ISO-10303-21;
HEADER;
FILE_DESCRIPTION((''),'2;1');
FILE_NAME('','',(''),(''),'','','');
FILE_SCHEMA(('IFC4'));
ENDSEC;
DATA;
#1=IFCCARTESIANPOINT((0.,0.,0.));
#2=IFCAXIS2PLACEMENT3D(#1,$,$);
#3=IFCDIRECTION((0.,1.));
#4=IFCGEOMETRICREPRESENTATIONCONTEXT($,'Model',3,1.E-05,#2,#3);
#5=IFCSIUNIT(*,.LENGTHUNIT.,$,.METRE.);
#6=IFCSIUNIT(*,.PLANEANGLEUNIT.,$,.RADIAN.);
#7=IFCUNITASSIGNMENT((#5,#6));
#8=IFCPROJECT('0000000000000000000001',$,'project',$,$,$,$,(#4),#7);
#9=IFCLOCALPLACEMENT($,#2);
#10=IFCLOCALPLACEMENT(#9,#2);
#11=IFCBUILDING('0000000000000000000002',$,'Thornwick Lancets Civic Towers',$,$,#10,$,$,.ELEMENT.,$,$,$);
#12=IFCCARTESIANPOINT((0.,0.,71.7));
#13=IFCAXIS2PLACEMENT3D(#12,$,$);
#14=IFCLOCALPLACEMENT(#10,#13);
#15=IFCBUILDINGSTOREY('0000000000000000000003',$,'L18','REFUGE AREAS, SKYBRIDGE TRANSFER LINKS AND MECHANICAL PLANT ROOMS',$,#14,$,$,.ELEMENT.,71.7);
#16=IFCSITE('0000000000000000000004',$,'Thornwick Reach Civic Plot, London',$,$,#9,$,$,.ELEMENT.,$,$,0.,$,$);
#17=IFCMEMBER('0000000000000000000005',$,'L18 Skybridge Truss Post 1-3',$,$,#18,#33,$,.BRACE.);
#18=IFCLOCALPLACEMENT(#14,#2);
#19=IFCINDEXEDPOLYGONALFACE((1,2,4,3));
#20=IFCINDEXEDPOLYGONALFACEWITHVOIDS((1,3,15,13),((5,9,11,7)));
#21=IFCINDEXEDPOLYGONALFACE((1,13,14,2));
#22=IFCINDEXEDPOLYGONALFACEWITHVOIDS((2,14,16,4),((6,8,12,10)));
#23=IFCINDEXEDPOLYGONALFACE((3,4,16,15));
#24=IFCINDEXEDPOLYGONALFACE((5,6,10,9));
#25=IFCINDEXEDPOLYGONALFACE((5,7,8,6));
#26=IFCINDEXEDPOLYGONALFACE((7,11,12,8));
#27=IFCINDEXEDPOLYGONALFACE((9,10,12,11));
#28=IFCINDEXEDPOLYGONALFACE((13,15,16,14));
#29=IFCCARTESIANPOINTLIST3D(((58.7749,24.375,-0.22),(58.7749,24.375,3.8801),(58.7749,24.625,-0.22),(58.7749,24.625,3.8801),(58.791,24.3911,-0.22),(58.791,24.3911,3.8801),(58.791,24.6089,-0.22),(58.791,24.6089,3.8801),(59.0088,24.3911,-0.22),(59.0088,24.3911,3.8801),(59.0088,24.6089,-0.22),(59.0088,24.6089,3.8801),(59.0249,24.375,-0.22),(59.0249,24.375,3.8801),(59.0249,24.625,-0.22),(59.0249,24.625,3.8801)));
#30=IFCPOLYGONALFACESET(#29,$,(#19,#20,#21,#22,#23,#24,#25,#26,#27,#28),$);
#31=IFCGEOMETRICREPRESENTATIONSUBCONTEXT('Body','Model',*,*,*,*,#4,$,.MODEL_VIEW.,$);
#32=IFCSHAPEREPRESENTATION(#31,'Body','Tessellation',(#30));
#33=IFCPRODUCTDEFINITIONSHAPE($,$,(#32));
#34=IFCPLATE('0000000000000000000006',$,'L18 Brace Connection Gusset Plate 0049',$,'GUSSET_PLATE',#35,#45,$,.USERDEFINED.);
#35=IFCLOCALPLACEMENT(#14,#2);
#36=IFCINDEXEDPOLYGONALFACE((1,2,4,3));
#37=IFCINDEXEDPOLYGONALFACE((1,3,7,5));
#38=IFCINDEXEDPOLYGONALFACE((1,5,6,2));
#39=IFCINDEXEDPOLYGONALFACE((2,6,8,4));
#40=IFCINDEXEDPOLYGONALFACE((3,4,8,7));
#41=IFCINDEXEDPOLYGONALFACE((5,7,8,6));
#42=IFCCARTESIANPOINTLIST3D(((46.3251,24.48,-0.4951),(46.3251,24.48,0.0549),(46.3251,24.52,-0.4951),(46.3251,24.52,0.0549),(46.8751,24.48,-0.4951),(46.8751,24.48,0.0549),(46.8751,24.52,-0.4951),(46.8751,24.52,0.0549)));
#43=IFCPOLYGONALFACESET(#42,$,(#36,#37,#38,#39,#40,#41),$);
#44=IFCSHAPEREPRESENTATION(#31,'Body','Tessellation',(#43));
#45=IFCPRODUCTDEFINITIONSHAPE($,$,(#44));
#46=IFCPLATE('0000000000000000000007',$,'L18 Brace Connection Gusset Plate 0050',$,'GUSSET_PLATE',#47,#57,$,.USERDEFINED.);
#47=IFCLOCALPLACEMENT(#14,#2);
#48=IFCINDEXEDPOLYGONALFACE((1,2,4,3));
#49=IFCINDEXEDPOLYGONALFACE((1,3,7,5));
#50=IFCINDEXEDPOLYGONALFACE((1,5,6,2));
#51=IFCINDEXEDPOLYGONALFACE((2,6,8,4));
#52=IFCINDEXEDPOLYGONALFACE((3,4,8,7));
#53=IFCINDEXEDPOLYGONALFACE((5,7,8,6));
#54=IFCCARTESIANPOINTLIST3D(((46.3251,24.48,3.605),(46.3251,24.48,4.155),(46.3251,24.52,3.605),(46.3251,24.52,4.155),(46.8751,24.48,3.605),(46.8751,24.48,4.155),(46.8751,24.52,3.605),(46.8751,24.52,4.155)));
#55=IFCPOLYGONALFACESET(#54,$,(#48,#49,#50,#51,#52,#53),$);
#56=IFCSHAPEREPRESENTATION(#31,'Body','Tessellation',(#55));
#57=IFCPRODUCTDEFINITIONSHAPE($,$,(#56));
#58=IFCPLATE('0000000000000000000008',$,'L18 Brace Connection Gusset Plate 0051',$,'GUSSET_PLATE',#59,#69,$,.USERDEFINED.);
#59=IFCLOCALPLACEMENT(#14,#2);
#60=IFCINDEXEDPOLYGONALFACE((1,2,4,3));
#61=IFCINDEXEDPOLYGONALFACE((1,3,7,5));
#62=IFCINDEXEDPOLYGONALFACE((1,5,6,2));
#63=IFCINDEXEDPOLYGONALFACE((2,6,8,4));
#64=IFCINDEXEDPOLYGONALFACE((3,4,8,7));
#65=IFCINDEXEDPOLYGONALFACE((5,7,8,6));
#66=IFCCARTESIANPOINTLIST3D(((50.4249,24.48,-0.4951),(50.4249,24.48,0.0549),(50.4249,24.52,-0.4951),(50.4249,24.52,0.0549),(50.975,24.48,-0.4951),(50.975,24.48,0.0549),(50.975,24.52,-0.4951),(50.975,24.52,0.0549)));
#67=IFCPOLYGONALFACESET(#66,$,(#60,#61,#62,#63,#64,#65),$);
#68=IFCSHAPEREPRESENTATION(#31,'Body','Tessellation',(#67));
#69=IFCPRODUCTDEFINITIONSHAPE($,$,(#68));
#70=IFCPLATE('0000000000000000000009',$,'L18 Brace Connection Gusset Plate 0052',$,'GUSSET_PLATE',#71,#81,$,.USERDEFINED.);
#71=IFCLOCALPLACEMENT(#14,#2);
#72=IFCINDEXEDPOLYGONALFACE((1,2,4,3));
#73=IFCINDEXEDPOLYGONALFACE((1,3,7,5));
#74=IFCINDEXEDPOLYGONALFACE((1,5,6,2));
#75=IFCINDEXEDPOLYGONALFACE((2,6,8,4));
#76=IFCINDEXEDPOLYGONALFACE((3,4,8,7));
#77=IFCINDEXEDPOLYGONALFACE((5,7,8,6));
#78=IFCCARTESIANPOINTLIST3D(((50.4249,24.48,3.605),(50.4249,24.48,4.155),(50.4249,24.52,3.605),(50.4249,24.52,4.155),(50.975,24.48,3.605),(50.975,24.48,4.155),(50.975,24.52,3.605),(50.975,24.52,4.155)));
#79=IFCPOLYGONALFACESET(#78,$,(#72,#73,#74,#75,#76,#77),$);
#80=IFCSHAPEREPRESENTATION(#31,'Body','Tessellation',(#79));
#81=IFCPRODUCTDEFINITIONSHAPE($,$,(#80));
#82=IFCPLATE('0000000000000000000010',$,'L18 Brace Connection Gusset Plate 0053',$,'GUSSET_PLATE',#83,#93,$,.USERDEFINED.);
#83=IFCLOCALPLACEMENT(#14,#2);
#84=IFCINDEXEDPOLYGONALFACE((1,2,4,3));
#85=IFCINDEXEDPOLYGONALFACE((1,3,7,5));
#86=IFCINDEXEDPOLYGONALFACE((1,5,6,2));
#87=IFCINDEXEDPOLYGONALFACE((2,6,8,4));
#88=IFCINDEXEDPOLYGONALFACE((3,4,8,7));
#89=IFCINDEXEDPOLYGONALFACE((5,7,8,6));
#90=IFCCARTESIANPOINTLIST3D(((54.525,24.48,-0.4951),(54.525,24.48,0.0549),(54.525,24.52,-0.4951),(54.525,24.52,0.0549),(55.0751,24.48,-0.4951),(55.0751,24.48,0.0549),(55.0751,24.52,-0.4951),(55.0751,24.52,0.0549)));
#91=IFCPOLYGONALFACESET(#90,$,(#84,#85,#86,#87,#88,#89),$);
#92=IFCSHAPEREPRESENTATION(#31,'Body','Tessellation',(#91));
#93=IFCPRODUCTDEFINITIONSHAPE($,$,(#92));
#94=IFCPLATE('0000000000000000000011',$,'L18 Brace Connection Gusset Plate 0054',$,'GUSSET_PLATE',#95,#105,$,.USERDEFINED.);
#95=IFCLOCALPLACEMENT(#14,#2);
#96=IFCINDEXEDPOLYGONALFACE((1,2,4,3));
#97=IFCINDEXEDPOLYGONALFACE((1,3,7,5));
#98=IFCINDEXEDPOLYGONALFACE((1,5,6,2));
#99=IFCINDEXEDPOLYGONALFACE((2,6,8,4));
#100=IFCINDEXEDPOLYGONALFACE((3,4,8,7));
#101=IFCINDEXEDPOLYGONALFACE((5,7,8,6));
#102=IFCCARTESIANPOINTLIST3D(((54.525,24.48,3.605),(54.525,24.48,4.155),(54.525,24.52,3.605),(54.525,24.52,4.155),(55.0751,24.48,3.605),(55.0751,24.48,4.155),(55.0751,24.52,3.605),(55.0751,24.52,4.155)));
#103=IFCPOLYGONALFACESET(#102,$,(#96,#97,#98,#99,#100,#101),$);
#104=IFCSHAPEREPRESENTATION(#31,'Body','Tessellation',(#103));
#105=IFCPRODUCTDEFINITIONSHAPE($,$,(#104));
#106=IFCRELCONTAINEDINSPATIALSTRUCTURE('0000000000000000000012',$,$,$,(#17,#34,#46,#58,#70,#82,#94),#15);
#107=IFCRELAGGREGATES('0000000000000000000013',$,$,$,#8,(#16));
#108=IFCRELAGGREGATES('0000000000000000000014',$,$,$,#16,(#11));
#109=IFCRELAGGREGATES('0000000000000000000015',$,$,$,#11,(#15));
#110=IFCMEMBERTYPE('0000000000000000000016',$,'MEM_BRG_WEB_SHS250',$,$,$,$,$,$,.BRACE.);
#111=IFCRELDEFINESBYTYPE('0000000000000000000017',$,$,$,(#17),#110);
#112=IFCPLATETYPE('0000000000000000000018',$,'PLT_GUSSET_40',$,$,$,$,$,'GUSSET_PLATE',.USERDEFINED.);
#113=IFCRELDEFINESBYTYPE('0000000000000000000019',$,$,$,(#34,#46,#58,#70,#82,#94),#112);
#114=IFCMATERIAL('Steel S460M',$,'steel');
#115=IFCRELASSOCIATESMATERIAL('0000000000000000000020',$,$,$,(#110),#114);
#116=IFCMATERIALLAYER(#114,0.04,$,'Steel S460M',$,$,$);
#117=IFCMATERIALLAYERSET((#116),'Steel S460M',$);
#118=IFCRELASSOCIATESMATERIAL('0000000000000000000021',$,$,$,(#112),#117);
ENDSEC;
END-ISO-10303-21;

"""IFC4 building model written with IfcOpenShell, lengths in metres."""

from ifc_helpers import new_model, si_unit, direction, frame, origin, origin_2d, place, context, subcontext, project, spatial, rectangle, hollow_rectangle, extrude, material, layer, layer_set, material_profile, profile_set, type_object, element, save


model = new_model("IFC4")

# Units and contexts
model_context = context("Model", 3, precision=1e-05, world=origin(), true_north=direction((0.0, 1.0)))
body_context = subcontext(model_context, "Body", "Model", "MODEL_VIEW")
ifc_project = project(units=[si_unit("LENGTHUNIT", "METRE"), si_unit("PLANEANGLEUNIT", "RADIAN")], contexts=[model_context])

# Site, building, storey
site_placement = place(None, origin())
site = spatial("IfcSite", under=ifc_project, at=site_placement, Name="Thornwick Reach Civic Plot, London", CompositionType="ELEMENT", RefElevation=0.0)
building_placement = place(site_placement, origin())
building = spatial("IfcBuilding", under=site, at=building_placement, Name="Thornwick Lancets Civic Towers", CompositionType="ELEMENT")
storey_placement = place(building_placement, frame((0.0, 0.0, 71.7)))
storey = spatial("IfcBuildingStorey", under=building, at=storey_placement, Name="L18", Description="REFUGE AREAS, SKYBRIDGE TRANSFER LINKS AND MECHANICAL PLANT ROOMS", CompositionType="ELEMENT", Elevation=71.7)

# Member
ifc_material_1 = material(Name="Steel S460M", Category="steel")
ifc_material_profile_1 = material_profile(ifc_material_1, hollow_rectangle(XDim=0.25, YDim=0.25, WallThickness=0.0161, at=origin_2d()), Name="SHS 250x250x16")
ifc_profile_set_1 = profile_set([ifc_material_profile_1], Name="Steel S460M")
member_type_1 = type_object("IfcMemberType", Name="MEM_BRG_WEB_SHS250", PredefinedType="BRACE", material=ifc_profile_set_1)
for number, where, z_axis, x_axis, name in (
    (1, (58.8999, 24.5, -0.22), (0.0, 0.0, 1.0), (1.0, 0.0, 0.0), "L18 Skybridge Truss Post 1-3"),
):
    element("IfcMember", number, at=place(storey_placement, frame(where, z_axis=z_axis, x_axis=x_axis)), inside=storey, type_object=member_type_1, Name=name, PredefinedType="BRACE", context=body_context, shape_type="SweptSolid", body=[
        extrude(hollow_rectangle(XDim=0.25, YDim=0.25, WallThickness=0.0161, at=origin_2d()), origin(), (0.0, 0.0, 1.0), 4.1001),
    ])

# Plates
ifc_layer = layer(ifc_material_1, 0.04, Name="Steel S460M")
ifc_layer_set = layer_set([ifc_layer], Name="Steel S460M")
plate_type = type_object("IfcPlateType", Name="PLT_GUSSET_40", ElementType="GUSSET_PLATE", PredefinedType="USERDEFINED", material=ifc_layer_set)
for number, where, z_axis, x_axis, name in (
    (2, (46.6001, 24.5, -0.4951), (0.0, 0.0, 1.0), (1.0, 0.0, 0.0), "L18 Brace Connection Gusset Plate 0049"),
    (3, (46.6001, 24.5, 3.605), (0.0, 0.0, 1.0), (1.0, 0.0, 0.0), "L18 Brace Connection Gusset Plate 0050"),
    (4, (50.7, 24.5, -0.4951), (0.0, 0.0, 1.0), (1.0, 0.0, 0.0), "L18 Brace Connection Gusset Plate 0051"),
    (5, (50.7, 24.5, 3.605), (0.0, 0.0, 1.0), (1.0, 0.0, 0.0), "L18 Brace Connection Gusset Plate 0052"),
    (6, (54.8, 24.5, -0.4951), (0.0, 0.0, 1.0), (1.0, 0.0, 0.0), "L18 Brace Connection Gusset Plate 0053"),
    (7, (54.8, 24.5, 3.605), (0.0, 0.0, 1.0), (1.0, 0.0, 0.0), "L18 Brace Connection Gusset Plate 0054"),
):
    element("IfcPlate", number, at=place(storey_placement, frame(where, z_axis=z_axis, x_axis=x_axis)), inside=storey, type_object=plate_type, Name=name, ObjectType="GUSSET_PLATE", PredefinedType="USERDEFINED", context=body_context, shape_type="SweptSolid", body=[
        extrude(rectangle(XDim=0.55, YDim=0.04, at=origin_2d()), origin(), (0.0, 0.0, 1.0), 0.55),
    ])

save(model, "model.ifc")
